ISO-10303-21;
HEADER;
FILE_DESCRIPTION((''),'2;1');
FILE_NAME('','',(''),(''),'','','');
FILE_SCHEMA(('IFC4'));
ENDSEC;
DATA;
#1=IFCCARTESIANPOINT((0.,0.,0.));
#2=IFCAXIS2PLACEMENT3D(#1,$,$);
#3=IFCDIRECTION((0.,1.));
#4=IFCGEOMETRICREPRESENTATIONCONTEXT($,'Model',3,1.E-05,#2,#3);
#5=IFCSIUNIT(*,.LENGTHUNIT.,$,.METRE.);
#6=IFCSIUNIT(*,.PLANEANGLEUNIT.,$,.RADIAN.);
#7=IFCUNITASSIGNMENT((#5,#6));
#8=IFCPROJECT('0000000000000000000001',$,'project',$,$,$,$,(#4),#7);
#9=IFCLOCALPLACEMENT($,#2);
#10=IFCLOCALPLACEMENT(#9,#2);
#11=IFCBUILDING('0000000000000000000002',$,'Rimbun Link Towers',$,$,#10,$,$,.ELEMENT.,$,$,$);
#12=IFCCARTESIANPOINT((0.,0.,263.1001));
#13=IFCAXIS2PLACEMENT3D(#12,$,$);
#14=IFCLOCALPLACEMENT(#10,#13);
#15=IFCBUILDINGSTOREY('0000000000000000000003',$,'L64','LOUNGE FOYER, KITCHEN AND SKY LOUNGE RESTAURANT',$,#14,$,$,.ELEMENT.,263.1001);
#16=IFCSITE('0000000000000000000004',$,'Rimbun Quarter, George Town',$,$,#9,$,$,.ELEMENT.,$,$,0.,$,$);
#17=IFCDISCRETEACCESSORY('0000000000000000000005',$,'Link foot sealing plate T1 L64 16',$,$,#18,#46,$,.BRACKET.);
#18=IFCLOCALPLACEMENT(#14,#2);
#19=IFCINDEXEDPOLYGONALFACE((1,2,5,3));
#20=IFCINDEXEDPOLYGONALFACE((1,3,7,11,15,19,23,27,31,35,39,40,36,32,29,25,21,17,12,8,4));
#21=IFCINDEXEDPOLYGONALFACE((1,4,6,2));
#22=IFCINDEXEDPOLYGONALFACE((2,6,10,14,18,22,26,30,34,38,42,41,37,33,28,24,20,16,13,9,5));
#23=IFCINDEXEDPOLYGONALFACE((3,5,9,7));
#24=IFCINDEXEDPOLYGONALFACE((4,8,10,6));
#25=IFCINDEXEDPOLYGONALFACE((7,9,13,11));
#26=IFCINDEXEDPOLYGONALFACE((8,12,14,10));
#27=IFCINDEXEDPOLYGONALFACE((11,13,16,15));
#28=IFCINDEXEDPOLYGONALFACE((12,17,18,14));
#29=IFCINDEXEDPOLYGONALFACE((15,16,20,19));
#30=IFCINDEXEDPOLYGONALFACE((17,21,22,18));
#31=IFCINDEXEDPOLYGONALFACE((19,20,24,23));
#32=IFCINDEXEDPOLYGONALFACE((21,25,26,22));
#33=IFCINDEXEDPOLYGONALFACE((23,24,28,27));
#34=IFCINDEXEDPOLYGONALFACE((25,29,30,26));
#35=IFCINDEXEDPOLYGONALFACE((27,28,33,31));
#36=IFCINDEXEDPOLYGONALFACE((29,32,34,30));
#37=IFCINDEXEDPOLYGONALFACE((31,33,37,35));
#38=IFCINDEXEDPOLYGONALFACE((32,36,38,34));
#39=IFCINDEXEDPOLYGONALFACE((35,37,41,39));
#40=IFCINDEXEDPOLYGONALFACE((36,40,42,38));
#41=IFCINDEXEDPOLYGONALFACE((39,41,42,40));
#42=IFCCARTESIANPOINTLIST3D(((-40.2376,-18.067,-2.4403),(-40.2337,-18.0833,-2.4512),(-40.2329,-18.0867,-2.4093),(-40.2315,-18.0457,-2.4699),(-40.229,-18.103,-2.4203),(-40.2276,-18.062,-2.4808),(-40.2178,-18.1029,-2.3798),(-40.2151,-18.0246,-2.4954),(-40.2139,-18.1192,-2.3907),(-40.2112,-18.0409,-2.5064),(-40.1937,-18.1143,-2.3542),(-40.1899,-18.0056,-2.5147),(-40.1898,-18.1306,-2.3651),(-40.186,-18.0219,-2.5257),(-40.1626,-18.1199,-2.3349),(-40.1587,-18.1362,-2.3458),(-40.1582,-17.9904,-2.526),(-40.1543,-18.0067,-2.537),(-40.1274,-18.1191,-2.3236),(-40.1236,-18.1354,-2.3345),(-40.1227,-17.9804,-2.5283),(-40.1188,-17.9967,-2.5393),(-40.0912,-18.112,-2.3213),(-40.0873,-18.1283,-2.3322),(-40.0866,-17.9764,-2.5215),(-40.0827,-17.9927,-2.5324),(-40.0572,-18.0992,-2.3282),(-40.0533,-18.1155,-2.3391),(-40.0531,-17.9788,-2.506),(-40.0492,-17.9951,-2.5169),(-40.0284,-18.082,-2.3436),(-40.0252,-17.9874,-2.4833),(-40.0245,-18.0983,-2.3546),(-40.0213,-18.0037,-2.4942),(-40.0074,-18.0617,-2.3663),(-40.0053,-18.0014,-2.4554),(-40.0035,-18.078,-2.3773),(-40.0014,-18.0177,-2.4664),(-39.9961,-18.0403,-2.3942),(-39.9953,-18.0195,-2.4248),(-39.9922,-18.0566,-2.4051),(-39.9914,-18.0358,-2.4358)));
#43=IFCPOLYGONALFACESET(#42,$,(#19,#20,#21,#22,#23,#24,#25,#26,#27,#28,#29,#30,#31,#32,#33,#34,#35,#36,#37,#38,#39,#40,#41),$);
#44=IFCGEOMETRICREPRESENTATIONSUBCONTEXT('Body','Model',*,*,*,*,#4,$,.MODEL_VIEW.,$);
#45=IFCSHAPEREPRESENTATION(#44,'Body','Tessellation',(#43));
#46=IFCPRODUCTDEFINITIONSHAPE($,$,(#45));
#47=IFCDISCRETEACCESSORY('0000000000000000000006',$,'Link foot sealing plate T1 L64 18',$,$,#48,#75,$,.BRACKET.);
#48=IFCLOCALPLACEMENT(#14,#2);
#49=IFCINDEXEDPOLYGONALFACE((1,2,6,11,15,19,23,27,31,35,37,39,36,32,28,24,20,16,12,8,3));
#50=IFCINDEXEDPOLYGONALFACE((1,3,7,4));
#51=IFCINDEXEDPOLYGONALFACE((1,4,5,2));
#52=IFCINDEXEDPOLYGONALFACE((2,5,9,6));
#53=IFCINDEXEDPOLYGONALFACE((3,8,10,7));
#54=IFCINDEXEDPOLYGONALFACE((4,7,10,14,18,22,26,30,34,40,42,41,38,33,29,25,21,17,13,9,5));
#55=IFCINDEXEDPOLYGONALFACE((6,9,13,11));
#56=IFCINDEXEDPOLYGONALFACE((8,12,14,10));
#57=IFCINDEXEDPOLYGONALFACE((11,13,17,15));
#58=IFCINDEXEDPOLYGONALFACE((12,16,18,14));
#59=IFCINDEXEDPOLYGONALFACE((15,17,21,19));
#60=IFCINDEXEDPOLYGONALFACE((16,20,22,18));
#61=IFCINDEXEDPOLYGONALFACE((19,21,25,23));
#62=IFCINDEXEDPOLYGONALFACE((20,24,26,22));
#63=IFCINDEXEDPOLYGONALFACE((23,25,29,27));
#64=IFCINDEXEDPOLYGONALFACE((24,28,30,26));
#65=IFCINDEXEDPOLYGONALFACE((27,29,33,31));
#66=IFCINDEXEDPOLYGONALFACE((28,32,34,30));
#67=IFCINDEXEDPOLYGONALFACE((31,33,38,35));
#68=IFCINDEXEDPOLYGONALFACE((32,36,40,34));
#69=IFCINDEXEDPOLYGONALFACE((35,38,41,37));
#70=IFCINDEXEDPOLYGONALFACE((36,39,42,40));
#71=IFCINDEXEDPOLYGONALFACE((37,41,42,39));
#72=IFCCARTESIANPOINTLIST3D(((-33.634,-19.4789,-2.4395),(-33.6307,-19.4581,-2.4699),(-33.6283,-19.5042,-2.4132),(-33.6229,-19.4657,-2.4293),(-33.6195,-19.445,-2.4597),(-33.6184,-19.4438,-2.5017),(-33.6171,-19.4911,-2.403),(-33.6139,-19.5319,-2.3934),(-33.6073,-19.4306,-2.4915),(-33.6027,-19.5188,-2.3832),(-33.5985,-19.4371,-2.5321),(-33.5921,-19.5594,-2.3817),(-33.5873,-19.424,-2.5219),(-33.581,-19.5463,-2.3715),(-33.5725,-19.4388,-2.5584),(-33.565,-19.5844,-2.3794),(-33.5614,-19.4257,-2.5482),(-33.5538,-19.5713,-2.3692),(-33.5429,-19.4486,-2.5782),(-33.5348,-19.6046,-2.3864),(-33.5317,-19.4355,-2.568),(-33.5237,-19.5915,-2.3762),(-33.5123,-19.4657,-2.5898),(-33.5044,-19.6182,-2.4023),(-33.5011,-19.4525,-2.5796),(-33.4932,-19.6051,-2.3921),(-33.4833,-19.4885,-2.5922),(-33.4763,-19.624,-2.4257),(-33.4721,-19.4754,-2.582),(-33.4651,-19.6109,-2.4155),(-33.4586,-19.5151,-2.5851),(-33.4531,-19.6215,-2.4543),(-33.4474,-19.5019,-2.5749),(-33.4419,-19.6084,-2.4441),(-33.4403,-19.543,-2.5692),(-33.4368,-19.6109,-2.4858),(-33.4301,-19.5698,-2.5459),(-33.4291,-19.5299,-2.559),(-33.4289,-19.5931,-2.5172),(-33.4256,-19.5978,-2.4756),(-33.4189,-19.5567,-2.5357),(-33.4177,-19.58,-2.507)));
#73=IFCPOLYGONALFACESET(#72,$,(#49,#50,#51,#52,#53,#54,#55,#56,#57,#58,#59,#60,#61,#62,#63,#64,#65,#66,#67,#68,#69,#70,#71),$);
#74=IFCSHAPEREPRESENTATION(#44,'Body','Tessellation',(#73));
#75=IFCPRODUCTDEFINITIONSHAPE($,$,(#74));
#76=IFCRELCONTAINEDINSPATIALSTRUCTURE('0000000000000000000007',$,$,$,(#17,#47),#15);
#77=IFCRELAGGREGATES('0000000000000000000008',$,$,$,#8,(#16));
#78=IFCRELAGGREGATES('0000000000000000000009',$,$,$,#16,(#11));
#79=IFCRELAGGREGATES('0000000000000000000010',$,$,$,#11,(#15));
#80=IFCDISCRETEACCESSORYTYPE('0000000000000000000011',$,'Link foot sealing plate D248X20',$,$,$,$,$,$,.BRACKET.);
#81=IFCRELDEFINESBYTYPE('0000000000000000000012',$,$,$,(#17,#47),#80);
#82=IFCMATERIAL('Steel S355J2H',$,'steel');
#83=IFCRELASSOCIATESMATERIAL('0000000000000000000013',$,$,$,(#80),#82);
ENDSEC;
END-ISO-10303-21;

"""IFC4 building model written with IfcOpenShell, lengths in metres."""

from ifc_helpers import new_model, si_unit, direction, frame, origin, origin_2d, place, context, subcontext, project, spatial, circle, extrude, material, material_profile, profile_set, type_object, element, save


model = new_model("IFC4")

# Units and contexts
model_context = context("Model", 3, precision=1e-05, world=origin(), true_north=direction((0.0, 1.0)))
body_context = subcontext(model_context, "Body", "Model", "MODEL_VIEW")
ifc_project = project(units=[si_unit("LENGTHUNIT", "METRE"), si_unit("PLANEANGLEUNIT", "RADIAN")], contexts=[model_context])

# Site, building, storey
site_placement = place(None, origin())
site = spatial("IfcSite", under=ifc_project, at=site_placement, Name="Rimbun Quarter, George Town", CompositionType="ELEMENT", RefElevation=0.0)
building_placement = place(site_placement, origin())
building = spatial("IfcBuilding", under=site, at=building_placement, Name="Rimbun Link Towers", CompositionType="ELEMENT")
storey_placement = place(building_placement, frame((0.0, 0.0, 263.1001)))
storey = spatial("IfcBuildingStorey", under=building, at=storey_placement, Name="L64", Description="LOUNGE FOYER, KITCHEN AND SKY LOUNGE RESTAURANT", CompositionType="ELEMENT", Elevation=263.1001)

# Discrete accessories
ifc_material_1 = material(Name="Steel S355J2H", Category="steel")
ifc_material_profile_1 = material_profile(ifc_material_1, circle(Radius=0.124, at=origin_2d()), Name="PL D248")
ifc_profile_set_1 = profile_set([ifc_material_profile_1], Name="Steel S355J2H")
discrete_accessory_type = type_object("IfcDiscreteAccessoryType", Name="Link foot sealing plate D248X20", PredefinedType="BRACKET", material=ifc_profile_set_1)
for number, where, z_axis, x_axis, name in (
    (1, (-40.116, -18.0483, -2.4248), (0.194458, -0.814293, -0.546913), (0.97265, 0.232275, 0.0), "Link foot sealing plate T1 L64 16"),
    (2, (-33.52, -19.5173, -2.4756), (-0.557996, -0.655039, -0.509475), (0.761243, -0.648466, 0.0), "Link foot sealing plate T1 L64 18"),
):
    element("IfcDiscreteAccessory", number, at=place(storey_placement, frame(where, z_axis=z_axis, x_axis=x_axis)), inside=storey, type_object=discrete_accessory_type, Name=name, PredefinedType="BRACKET", context=body_context, shape_type="SweptSolid", body=[
        extrude(circle(Radius=0.124, at=origin_2d()), origin(), (0.0, 0.0, 1.0), 0.02),
    ])

save(model, "model.ifc")
